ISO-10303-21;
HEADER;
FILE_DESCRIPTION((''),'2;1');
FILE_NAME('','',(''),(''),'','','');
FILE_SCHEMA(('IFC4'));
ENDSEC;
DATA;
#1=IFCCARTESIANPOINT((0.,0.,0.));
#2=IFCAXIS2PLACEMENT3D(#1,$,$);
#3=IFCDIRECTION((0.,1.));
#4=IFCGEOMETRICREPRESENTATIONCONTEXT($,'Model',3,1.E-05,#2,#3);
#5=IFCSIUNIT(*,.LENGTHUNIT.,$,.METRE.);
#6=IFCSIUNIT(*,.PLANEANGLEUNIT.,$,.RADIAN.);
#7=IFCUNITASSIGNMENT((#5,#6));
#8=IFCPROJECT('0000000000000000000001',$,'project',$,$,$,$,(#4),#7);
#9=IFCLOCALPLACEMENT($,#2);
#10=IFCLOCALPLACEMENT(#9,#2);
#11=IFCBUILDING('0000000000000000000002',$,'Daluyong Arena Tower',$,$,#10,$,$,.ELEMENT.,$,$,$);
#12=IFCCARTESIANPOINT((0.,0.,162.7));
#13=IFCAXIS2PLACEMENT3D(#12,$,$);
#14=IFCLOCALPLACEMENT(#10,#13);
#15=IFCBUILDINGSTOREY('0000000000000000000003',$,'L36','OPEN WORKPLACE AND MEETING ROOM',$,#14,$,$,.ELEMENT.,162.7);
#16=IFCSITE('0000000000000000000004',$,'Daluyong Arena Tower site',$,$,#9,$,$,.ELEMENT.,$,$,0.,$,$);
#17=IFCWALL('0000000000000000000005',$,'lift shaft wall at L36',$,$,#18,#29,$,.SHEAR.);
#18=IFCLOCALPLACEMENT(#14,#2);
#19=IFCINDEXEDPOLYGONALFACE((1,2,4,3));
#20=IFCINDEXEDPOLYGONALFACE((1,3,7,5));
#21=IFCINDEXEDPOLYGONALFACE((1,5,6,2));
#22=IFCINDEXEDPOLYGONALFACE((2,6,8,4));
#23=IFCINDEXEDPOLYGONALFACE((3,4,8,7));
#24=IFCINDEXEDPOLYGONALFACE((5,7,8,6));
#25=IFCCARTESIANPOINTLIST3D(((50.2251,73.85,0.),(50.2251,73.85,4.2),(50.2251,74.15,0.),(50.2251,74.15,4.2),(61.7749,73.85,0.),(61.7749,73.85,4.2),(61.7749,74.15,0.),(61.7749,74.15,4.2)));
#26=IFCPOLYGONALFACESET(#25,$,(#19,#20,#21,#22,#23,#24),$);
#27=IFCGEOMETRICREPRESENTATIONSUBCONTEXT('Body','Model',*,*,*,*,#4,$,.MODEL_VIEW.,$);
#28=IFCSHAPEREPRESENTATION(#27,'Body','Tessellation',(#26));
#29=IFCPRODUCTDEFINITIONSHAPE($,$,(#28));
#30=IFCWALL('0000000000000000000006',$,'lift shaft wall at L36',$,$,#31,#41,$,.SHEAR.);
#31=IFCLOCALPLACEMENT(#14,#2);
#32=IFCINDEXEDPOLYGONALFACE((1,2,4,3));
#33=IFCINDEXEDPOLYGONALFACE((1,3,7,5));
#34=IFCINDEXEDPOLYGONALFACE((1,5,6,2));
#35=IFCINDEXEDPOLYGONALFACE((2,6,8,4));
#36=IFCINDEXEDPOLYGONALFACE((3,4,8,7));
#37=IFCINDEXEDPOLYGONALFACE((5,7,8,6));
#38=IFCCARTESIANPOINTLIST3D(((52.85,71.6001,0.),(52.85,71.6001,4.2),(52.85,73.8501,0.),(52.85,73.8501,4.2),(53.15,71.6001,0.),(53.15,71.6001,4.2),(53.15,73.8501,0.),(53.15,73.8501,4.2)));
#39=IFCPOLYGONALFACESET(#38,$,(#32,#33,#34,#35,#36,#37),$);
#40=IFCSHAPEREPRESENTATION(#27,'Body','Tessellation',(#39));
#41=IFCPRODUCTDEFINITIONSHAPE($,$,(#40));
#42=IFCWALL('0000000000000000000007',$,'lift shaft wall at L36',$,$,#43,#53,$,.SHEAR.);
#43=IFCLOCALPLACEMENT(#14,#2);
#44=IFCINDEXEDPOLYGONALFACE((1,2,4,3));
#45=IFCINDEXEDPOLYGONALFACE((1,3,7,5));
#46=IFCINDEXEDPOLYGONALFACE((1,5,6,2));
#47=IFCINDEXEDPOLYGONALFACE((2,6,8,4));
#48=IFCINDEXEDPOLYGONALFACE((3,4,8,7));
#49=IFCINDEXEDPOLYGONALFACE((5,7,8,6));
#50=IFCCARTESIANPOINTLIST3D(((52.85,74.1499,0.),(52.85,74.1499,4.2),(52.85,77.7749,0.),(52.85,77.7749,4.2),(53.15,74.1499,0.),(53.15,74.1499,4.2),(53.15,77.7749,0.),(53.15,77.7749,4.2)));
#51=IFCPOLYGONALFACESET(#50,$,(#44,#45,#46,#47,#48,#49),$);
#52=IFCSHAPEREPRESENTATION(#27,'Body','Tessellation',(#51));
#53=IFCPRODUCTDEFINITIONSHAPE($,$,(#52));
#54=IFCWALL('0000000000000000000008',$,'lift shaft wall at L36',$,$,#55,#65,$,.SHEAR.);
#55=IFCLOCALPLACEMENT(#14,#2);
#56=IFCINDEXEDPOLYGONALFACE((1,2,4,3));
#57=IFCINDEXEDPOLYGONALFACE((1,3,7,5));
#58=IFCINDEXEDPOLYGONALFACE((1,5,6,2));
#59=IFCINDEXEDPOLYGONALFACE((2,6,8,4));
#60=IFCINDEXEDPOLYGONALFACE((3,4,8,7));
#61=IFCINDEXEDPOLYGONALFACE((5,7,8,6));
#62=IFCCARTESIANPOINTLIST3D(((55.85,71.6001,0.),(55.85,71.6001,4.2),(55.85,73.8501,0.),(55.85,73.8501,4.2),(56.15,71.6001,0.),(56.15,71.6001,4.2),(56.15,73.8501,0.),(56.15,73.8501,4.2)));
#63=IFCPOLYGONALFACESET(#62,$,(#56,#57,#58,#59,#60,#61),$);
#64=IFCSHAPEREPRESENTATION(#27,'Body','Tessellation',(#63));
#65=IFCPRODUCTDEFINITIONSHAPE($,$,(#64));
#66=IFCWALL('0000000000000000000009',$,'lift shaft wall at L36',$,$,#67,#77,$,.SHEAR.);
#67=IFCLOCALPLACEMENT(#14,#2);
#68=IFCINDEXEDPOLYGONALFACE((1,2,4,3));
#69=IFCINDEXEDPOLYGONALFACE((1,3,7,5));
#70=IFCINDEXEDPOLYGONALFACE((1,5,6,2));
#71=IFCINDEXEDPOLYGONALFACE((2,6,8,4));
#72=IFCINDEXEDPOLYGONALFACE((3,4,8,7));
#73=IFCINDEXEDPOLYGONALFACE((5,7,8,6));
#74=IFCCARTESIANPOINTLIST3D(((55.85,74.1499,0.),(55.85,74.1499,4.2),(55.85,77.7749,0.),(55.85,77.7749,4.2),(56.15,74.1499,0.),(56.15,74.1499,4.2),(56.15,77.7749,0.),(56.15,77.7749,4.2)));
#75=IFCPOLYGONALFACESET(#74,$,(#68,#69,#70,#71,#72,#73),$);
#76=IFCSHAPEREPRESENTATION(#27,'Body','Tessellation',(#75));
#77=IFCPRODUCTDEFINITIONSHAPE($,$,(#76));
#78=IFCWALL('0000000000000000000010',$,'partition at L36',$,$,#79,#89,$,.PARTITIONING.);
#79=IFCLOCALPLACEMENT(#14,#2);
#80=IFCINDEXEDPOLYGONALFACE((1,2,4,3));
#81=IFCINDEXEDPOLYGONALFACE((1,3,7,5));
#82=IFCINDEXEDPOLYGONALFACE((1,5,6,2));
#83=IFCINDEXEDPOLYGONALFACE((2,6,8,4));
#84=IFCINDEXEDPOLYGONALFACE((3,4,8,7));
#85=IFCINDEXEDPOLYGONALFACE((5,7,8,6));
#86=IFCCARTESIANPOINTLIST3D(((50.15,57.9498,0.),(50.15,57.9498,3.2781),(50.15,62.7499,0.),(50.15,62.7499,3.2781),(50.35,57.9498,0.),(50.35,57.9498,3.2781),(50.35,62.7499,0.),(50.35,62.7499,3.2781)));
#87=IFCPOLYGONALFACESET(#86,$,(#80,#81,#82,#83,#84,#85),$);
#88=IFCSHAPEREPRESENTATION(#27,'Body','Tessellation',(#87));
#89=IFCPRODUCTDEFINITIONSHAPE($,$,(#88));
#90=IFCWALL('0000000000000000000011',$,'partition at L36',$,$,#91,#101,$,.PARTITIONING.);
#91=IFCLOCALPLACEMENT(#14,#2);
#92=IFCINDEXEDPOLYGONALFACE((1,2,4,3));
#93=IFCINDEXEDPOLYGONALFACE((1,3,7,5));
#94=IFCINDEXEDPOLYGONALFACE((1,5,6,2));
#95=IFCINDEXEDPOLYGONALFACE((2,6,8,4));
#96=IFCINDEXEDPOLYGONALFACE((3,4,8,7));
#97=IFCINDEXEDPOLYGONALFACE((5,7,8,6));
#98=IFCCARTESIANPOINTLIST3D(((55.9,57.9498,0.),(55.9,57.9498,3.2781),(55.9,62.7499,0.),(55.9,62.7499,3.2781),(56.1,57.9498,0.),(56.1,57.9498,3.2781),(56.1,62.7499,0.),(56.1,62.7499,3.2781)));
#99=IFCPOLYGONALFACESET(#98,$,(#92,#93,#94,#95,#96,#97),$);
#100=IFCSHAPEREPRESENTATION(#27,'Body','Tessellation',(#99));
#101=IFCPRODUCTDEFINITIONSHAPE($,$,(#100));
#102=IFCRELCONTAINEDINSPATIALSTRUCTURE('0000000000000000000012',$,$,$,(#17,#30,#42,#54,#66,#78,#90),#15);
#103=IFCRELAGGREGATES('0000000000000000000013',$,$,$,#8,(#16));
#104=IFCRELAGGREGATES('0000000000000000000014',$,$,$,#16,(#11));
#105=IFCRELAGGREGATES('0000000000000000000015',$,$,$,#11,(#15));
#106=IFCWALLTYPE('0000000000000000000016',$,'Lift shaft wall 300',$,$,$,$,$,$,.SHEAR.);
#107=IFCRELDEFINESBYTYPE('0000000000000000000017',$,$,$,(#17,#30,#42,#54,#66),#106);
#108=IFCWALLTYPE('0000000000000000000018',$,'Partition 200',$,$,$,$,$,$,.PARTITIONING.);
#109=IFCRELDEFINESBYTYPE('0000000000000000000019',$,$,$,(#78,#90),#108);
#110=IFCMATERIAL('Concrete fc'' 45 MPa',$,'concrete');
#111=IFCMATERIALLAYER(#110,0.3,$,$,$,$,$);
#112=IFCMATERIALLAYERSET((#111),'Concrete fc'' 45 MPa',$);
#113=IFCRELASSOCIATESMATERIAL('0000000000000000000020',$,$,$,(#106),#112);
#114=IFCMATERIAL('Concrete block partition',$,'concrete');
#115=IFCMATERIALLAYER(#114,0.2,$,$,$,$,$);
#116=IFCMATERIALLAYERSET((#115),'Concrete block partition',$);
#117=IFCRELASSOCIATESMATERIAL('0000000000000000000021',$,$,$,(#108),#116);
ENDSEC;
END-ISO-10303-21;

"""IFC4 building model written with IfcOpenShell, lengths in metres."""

from ifc_helpers import new_model, si_unit, direction, frame, frame_2d, origin, place, context, subcontext, project, spatial, rectangle, extrude, material, layer, layer_set, type_object, element, save


model = new_model("IFC4")

# Units and contexts
model_context = context("Model", 3, precision=1e-05, world=origin(), true_north=direction((0.0, 1.0)))
body_context = subcontext(model_context, "Body", "Model", "MODEL_VIEW")
ifc_project = project(units=[si_unit("LENGTHUNIT", "METRE"), si_unit("PLANEANGLEUNIT", "RADIAN")], contexts=[model_context])

# Site, building, storey
site_placement = place(None, origin())
site = spatial("IfcSite", under=ifc_project, at=site_placement, Name="Daluyong Arena Tower site", CompositionType="ELEMENT", RefElevation=0.0)
building_placement = place(site_placement, origin())
building = spatial("IfcBuilding", under=site, at=building_placement, Name="Daluyong Arena Tower", CompositionType="ELEMENT")
storey_placement = place(building_placement, frame((0.0, 0.0, 162.7)))
storey = spatial("IfcBuildingStorey", under=building, at=storey_placement, Name="L36", Description="OPEN WORKPLACE AND MEETING ROOM", CompositionType="ELEMENT", Elevation=162.7)

# Walls
ifc_material_1 = material(Name="Concrete fc' 45 MPa", Category="concrete")
ifc_layer_1 = layer(ifc_material_1, 0.3)
ifc_layer_set_1 = layer_set([ifc_layer_1], Name="Concrete fc' 45 MPa")
wall_type_1 = type_object("IfcWallType", Name="Lift shaft wall 300", PredefinedType="SHEAR", material=ifc_layer_set_1)
wall_1_placement = place(storey_placement, frame((50.2251, 74.0, 0.0), z_axis=(0.0, 0.0, 1.0), x_axis=(1.0, 0.0, 0.0)))
element("IfcWall", 1, at=wall_1_placement, inside=storey, type_object=wall_type_1, Name="lift shaft wall at L36", PredefinedType="SHEAR", context=body_context, shape_type="SweptSolid", body=[
    extrude(rectangle(XDim=11.5498, YDim=0.3, at=frame_2d((5.7749, 0.0))), origin(), (0.0, 0.0, 1.0), 4.2),
])
wall_2_placement = place(storey_placement, frame((53.0, 71.6001, 0.0), z_axis=(0.0, 0.0, 1.0), x_axis=(0.0, 1.0, 0.0)))
element("IfcWall", 2, at=wall_2_placement, inside=storey, type_object=wall_type_1, Name="lift shaft wall at L36", PredefinedType="SHEAR", context=body_context, shape_type="SweptSolid", body=[
    extrude(rectangle(XDim=2.25, YDim=0.3, at=frame_2d((1.125, 0.0))), origin(), (0.0, 0.0, 1.0), 4.2),
])
wall_3_placement = place(storey_placement, frame((53.0, 74.1499, 0.0), z_axis=(0.0, 0.0, 1.0), x_axis=(0.0, 1.0, 0.0)))
element("IfcWall", 3, at=wall_3_placement, inside=storey, type_object=wall_type_1, Name="lift shaft wall at L36", PredefinedType="SHEAR", context=body_context, shape_type="SweptSolid", body=[
    extrude(rectangle(XDim=3.625, YDim=0.3, at=frame_2d((1.8125, 0.0))), origin(), (0.0, 0.0, 1.0), 4.2),
])
wall_4_placement = place(storey_placement, frame((56.0, 71.6001, 0.0), z_axis=(0.0, 0.0, 1.0), x_axis=(0.0, 1.0, 0.0)))
element("IfcWall", 4, at=wall_4_placement, inside=storey, type_object=wall_type_1, Name="lift shaft wall at L36", PredefinedType="SHEAR", context=body_context, shape_type="SweptSolid", body=[
    extrude(rectangle(XDim=2.25, YDim=0.3, at=frame_2d((1.125, 0.0))), origin(), (0.0, 0.0, 1.0), 4.2),
])
wall_5_placement = place(storey_placement, frame((56.0, 74.1499, 0.0), z_axis=(0.0, 0.0, 1.0), x_axis=(0.0, 1.0, 0.0)))
element("IfcWall", 5, at=wall_5_placement, inside=storey, type_object=wall_type_1, Name="lift shaft wall at L36", PredefinedType="SHEAR", context=body_context, shape_type="SweptSolid", body=[
    extrude(rectangle(XDim=3.625, YDim=0.3, at=frame_2d((1.8125, 0.0))), origin(), (0.0, 0.0, 1.0), 4.2),
])
ifc_material_2 = material(Name="Concrete block partition", Category="concrete")
ifc_layer_2 = layer(ifc_material_2, 0.2)
ifc_layer_set_2 = layer_set([ifc_layer_2], Name="Concrete block partition")
wall_type_2 = type_object("IfcWallType", Name="Partition 200", PredefinedType="PARTITIONING", material=ifc_layer_set_2)
for number, where, z_axis, x_axis, name in (
    (6, (50.25, 57.95, 0.0), (0.0, 0.0, 1.0), (0.0, 1.0, 0.0), "partition at L36"),
    (7, (56.0, 57.95, 0.0), (0.0, 0.0, 1.0), (0.0, 1.0, 0.0), "partition at L36"),
):
    element("IfcWall", number, at=place(storey_placement, frame(where, z_axis=z_axis, x_axis=x_axis)), inside=storey, type_object=wall_type_2, Name=name, PredefinedType="PARTITIONING", context=body_context, shape_type="SweptSolid", body=[
        extrude(rectangle(XDim=4.8, YDim=0.2, at=frame_2d((2.3999, 0.0))), origin(), (0.0, 0.0, 1.0), 3.2781),
    ])

save(model, "model.ifc")
